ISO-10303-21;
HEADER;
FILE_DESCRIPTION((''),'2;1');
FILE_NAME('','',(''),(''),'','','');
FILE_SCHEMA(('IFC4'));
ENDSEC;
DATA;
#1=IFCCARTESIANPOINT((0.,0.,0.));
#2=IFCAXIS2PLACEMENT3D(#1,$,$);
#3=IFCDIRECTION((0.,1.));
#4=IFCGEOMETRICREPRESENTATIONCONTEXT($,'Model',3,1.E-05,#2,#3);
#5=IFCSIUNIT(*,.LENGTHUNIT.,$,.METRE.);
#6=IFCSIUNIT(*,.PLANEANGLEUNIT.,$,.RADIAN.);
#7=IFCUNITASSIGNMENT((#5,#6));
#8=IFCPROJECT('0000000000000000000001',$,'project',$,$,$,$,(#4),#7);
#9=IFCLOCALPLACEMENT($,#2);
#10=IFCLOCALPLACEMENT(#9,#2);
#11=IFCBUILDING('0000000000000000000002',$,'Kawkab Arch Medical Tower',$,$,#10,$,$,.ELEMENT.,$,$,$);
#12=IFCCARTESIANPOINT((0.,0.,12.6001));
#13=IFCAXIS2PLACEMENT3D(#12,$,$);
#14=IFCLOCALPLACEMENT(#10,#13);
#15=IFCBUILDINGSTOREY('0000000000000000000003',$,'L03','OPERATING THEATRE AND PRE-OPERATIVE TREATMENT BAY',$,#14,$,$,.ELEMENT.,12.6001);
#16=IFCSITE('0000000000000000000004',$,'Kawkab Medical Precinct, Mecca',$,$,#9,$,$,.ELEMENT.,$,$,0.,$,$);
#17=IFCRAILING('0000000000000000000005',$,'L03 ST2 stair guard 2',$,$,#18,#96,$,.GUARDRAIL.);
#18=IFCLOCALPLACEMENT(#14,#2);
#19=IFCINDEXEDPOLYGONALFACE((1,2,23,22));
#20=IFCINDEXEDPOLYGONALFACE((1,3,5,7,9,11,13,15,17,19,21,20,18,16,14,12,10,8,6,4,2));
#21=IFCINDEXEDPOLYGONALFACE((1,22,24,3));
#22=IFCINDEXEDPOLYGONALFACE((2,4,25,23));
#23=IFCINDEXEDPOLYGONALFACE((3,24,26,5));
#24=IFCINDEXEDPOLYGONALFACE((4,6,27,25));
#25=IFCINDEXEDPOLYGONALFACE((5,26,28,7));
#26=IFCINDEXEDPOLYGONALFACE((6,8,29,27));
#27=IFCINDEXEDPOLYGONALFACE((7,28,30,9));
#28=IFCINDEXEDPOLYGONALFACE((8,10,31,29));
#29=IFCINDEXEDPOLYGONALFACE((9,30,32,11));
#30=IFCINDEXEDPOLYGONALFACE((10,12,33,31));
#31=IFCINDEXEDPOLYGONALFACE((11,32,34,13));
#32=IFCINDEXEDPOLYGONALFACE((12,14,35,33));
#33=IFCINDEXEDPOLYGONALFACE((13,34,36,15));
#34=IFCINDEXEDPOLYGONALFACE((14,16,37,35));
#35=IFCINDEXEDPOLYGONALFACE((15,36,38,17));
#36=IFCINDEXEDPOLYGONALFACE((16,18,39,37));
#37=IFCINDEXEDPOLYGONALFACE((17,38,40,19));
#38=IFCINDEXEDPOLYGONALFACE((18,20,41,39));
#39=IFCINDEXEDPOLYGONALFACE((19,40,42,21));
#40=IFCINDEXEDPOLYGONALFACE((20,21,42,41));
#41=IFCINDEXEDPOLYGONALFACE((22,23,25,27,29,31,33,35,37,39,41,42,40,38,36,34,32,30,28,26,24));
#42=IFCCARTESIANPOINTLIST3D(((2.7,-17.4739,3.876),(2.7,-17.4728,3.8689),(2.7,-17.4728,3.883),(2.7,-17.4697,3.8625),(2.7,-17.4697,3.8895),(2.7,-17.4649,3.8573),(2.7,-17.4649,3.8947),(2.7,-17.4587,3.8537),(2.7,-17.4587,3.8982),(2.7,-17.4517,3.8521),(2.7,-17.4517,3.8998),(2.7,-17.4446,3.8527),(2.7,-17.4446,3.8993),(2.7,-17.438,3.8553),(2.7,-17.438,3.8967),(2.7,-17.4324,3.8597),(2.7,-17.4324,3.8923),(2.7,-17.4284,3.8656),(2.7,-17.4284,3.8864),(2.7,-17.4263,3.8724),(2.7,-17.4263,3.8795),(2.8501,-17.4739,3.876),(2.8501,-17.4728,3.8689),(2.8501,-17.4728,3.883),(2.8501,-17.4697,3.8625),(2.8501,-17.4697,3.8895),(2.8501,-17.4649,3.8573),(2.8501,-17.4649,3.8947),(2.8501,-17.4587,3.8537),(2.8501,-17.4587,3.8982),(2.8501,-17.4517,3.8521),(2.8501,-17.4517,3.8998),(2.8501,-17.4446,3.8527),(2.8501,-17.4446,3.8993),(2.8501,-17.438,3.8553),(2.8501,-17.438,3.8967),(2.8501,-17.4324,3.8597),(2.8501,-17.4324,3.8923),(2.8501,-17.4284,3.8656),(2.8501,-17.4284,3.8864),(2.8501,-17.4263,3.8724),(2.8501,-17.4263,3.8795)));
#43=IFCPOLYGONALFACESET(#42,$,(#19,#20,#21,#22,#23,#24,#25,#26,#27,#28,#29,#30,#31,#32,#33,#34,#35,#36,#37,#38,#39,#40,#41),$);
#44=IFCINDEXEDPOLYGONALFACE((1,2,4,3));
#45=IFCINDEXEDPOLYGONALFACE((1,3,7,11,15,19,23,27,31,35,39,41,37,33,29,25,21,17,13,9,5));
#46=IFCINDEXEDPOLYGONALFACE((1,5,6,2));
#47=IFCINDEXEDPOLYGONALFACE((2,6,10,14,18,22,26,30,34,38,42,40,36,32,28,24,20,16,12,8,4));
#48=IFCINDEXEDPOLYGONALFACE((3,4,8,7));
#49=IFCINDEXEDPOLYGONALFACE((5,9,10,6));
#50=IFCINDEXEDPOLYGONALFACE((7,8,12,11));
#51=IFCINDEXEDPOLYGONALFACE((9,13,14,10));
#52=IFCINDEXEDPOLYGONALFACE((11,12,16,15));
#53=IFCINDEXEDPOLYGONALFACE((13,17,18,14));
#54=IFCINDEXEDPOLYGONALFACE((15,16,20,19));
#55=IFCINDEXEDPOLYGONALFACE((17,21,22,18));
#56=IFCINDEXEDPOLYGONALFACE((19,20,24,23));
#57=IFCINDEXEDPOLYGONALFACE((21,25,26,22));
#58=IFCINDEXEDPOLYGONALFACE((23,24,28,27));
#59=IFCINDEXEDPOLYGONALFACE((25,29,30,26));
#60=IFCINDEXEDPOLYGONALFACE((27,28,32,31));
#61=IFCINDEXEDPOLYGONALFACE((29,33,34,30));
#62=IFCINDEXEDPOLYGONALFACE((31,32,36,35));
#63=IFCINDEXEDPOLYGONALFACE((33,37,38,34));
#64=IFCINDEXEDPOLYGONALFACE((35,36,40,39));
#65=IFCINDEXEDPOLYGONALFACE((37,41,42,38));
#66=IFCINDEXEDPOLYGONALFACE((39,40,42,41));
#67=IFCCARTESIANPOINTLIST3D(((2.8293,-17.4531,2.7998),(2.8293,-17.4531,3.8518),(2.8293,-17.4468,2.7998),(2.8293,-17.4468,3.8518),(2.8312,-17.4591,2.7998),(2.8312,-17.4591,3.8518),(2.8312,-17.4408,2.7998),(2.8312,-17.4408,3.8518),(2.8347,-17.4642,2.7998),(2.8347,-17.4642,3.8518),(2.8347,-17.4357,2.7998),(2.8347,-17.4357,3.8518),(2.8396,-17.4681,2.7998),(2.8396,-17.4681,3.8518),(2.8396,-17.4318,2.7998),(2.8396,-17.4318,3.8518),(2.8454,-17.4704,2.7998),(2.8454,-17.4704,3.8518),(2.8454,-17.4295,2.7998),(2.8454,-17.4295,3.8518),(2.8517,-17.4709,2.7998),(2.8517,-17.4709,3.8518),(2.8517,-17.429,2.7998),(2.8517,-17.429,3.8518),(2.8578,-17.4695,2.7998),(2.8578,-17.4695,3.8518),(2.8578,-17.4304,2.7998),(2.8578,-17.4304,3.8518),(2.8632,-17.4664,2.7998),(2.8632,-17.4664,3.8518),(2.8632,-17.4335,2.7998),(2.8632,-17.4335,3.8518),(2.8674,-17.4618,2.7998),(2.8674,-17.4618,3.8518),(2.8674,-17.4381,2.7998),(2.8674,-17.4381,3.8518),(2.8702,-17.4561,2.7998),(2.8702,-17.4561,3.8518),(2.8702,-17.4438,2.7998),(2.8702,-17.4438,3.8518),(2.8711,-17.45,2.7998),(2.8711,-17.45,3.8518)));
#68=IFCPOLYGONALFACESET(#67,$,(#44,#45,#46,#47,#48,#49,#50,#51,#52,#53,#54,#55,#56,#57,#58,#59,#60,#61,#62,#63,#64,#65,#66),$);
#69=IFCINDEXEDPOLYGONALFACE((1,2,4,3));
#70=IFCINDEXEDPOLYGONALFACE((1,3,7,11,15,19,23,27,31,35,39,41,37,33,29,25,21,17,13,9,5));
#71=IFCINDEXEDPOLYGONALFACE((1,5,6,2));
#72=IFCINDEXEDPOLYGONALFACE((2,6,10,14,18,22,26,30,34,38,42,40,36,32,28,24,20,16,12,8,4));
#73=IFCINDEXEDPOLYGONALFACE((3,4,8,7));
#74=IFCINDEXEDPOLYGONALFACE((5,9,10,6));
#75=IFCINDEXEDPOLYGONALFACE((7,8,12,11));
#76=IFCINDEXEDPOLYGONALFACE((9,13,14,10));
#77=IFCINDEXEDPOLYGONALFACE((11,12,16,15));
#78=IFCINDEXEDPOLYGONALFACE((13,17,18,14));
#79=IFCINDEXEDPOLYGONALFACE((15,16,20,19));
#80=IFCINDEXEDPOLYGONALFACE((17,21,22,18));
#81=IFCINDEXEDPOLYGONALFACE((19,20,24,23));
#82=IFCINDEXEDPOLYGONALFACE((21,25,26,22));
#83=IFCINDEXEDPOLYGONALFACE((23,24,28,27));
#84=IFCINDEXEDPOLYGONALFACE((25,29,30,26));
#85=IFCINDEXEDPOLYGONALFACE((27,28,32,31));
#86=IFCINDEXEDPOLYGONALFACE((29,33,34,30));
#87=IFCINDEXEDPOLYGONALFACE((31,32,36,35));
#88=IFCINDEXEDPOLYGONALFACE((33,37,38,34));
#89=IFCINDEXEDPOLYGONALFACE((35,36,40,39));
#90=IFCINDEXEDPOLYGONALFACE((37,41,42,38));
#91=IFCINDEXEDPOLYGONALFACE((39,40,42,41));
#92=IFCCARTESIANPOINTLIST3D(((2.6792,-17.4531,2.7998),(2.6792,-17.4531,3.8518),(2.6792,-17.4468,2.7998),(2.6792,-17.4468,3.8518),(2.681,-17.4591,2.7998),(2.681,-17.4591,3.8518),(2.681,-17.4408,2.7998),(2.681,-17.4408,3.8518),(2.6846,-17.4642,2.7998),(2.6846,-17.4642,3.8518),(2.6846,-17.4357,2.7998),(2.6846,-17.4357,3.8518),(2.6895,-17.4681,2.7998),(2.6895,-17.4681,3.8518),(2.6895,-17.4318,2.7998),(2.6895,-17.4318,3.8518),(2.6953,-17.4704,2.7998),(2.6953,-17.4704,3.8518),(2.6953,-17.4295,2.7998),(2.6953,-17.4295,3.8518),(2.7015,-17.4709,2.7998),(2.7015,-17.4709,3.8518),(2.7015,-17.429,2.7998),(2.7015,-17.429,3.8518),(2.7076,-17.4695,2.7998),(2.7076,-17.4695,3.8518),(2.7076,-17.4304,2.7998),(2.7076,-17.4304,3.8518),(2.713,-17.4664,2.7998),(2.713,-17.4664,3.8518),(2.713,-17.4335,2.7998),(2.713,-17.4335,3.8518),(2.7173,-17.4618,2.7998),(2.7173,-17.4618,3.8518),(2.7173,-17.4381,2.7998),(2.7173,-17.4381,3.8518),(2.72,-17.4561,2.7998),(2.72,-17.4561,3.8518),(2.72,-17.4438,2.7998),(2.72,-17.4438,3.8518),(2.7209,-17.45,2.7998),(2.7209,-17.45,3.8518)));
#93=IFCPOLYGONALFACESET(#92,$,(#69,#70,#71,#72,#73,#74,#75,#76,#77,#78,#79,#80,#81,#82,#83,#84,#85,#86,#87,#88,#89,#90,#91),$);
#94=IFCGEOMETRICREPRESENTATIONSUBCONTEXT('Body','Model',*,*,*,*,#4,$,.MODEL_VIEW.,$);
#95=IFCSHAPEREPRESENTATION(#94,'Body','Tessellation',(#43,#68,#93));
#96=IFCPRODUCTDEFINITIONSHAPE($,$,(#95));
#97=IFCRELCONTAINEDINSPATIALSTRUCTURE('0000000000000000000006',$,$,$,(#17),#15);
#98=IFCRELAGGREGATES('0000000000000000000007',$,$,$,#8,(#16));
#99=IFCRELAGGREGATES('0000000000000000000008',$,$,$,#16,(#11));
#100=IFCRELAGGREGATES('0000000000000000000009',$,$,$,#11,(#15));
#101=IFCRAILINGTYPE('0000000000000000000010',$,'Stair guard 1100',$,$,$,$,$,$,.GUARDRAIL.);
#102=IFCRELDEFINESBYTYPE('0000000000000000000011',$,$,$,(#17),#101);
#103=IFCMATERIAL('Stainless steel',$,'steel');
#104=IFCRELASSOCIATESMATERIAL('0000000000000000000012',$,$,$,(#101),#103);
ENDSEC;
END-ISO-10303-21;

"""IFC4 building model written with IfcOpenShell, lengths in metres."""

from ifc_helpers import new_model, si_unit, direction, frame, origin, origin_2d, place, context, subcontext, project, spatial, circle, extrude, material, type_object, element, save


model = new_model("IFC4")

# Units and contexts
model_context = context("Model", 3, precision=1e-05, world=origin(), true_north=direction((0.0, 1.0)))
body_context = subcontext(model_context, "Body", "Model", "MODEL_VIEW")
ifc_project = project(units=[si_unit("LENGTHUNIT", "METRE"), si_unit("PLANEANGLEUNIT", "RADIAN")], contexts=[model_context])

# Site, building, storey
site_placement = place(None, origin())
site = spatial("IfcSite", under=ifc_project, at=site_placement, Name="Kawkab Medical Precinct, Mecca", CompositionType="ELEMENT", RefElevation=0.0)
building_placement = place(site_placement, origin())
building = spatial("IfcBuilding", under=site, at=building_placement, Name="Kawkab Arch Medical Tower", CompositionType="ELEMENT")
storey_placement = place(building_placement, frame((0.0, 0.0, 12.6001)))
storey = spatial("IfcBuildingStorey", under=building, at=storey_placement, Name="L03", Description="OPERATING THEATRE AND PRE-OPERATIVE TREATMENT BAY", CompositionType="ELEMENT", Elevation=12.6001)

# Railing
ifc_material_1 = material(Name="Stainless steel", Category="steel")
railing_type = type_object("IfcRailingType", Name="Stair guard 1100", PredefinedType="GUARDRAIL", material=ifc_material_1)
railing_1_placement = place(storey_placement, frame((2.8501, -17.45, 2.7998)))
element("IfcRailing", 1, at=railing_1_placement, inside=storey, type_object=railing_type, Name="L03 ST2 stair guard 2", PredefinedType="GUARDRAIL", context=body_context, shape_type="SweptSolid", body=[
    extrude(circle(Radius=0.0239, at=origin_2d()), frame((0.0, 0.0, 1.0762), z_axis=(-1.0, 0.0, 0.0), x_axis=(0.0, -1.0, 0.0)), (0.0, 0.0, 1.0), 0.1501),
    extrude(circle(Radius=0.021, at=origin_2d()), origin(), (0.0, 0.0, 1.0), 1.052),
    extrude(circle(Radius=0.021, at=origin_2d()), frame((-0.1501, 0.0, 0.0)), (0.0, 0.0, 1.0), 1.052),
])

save(model, "model.ifc")
